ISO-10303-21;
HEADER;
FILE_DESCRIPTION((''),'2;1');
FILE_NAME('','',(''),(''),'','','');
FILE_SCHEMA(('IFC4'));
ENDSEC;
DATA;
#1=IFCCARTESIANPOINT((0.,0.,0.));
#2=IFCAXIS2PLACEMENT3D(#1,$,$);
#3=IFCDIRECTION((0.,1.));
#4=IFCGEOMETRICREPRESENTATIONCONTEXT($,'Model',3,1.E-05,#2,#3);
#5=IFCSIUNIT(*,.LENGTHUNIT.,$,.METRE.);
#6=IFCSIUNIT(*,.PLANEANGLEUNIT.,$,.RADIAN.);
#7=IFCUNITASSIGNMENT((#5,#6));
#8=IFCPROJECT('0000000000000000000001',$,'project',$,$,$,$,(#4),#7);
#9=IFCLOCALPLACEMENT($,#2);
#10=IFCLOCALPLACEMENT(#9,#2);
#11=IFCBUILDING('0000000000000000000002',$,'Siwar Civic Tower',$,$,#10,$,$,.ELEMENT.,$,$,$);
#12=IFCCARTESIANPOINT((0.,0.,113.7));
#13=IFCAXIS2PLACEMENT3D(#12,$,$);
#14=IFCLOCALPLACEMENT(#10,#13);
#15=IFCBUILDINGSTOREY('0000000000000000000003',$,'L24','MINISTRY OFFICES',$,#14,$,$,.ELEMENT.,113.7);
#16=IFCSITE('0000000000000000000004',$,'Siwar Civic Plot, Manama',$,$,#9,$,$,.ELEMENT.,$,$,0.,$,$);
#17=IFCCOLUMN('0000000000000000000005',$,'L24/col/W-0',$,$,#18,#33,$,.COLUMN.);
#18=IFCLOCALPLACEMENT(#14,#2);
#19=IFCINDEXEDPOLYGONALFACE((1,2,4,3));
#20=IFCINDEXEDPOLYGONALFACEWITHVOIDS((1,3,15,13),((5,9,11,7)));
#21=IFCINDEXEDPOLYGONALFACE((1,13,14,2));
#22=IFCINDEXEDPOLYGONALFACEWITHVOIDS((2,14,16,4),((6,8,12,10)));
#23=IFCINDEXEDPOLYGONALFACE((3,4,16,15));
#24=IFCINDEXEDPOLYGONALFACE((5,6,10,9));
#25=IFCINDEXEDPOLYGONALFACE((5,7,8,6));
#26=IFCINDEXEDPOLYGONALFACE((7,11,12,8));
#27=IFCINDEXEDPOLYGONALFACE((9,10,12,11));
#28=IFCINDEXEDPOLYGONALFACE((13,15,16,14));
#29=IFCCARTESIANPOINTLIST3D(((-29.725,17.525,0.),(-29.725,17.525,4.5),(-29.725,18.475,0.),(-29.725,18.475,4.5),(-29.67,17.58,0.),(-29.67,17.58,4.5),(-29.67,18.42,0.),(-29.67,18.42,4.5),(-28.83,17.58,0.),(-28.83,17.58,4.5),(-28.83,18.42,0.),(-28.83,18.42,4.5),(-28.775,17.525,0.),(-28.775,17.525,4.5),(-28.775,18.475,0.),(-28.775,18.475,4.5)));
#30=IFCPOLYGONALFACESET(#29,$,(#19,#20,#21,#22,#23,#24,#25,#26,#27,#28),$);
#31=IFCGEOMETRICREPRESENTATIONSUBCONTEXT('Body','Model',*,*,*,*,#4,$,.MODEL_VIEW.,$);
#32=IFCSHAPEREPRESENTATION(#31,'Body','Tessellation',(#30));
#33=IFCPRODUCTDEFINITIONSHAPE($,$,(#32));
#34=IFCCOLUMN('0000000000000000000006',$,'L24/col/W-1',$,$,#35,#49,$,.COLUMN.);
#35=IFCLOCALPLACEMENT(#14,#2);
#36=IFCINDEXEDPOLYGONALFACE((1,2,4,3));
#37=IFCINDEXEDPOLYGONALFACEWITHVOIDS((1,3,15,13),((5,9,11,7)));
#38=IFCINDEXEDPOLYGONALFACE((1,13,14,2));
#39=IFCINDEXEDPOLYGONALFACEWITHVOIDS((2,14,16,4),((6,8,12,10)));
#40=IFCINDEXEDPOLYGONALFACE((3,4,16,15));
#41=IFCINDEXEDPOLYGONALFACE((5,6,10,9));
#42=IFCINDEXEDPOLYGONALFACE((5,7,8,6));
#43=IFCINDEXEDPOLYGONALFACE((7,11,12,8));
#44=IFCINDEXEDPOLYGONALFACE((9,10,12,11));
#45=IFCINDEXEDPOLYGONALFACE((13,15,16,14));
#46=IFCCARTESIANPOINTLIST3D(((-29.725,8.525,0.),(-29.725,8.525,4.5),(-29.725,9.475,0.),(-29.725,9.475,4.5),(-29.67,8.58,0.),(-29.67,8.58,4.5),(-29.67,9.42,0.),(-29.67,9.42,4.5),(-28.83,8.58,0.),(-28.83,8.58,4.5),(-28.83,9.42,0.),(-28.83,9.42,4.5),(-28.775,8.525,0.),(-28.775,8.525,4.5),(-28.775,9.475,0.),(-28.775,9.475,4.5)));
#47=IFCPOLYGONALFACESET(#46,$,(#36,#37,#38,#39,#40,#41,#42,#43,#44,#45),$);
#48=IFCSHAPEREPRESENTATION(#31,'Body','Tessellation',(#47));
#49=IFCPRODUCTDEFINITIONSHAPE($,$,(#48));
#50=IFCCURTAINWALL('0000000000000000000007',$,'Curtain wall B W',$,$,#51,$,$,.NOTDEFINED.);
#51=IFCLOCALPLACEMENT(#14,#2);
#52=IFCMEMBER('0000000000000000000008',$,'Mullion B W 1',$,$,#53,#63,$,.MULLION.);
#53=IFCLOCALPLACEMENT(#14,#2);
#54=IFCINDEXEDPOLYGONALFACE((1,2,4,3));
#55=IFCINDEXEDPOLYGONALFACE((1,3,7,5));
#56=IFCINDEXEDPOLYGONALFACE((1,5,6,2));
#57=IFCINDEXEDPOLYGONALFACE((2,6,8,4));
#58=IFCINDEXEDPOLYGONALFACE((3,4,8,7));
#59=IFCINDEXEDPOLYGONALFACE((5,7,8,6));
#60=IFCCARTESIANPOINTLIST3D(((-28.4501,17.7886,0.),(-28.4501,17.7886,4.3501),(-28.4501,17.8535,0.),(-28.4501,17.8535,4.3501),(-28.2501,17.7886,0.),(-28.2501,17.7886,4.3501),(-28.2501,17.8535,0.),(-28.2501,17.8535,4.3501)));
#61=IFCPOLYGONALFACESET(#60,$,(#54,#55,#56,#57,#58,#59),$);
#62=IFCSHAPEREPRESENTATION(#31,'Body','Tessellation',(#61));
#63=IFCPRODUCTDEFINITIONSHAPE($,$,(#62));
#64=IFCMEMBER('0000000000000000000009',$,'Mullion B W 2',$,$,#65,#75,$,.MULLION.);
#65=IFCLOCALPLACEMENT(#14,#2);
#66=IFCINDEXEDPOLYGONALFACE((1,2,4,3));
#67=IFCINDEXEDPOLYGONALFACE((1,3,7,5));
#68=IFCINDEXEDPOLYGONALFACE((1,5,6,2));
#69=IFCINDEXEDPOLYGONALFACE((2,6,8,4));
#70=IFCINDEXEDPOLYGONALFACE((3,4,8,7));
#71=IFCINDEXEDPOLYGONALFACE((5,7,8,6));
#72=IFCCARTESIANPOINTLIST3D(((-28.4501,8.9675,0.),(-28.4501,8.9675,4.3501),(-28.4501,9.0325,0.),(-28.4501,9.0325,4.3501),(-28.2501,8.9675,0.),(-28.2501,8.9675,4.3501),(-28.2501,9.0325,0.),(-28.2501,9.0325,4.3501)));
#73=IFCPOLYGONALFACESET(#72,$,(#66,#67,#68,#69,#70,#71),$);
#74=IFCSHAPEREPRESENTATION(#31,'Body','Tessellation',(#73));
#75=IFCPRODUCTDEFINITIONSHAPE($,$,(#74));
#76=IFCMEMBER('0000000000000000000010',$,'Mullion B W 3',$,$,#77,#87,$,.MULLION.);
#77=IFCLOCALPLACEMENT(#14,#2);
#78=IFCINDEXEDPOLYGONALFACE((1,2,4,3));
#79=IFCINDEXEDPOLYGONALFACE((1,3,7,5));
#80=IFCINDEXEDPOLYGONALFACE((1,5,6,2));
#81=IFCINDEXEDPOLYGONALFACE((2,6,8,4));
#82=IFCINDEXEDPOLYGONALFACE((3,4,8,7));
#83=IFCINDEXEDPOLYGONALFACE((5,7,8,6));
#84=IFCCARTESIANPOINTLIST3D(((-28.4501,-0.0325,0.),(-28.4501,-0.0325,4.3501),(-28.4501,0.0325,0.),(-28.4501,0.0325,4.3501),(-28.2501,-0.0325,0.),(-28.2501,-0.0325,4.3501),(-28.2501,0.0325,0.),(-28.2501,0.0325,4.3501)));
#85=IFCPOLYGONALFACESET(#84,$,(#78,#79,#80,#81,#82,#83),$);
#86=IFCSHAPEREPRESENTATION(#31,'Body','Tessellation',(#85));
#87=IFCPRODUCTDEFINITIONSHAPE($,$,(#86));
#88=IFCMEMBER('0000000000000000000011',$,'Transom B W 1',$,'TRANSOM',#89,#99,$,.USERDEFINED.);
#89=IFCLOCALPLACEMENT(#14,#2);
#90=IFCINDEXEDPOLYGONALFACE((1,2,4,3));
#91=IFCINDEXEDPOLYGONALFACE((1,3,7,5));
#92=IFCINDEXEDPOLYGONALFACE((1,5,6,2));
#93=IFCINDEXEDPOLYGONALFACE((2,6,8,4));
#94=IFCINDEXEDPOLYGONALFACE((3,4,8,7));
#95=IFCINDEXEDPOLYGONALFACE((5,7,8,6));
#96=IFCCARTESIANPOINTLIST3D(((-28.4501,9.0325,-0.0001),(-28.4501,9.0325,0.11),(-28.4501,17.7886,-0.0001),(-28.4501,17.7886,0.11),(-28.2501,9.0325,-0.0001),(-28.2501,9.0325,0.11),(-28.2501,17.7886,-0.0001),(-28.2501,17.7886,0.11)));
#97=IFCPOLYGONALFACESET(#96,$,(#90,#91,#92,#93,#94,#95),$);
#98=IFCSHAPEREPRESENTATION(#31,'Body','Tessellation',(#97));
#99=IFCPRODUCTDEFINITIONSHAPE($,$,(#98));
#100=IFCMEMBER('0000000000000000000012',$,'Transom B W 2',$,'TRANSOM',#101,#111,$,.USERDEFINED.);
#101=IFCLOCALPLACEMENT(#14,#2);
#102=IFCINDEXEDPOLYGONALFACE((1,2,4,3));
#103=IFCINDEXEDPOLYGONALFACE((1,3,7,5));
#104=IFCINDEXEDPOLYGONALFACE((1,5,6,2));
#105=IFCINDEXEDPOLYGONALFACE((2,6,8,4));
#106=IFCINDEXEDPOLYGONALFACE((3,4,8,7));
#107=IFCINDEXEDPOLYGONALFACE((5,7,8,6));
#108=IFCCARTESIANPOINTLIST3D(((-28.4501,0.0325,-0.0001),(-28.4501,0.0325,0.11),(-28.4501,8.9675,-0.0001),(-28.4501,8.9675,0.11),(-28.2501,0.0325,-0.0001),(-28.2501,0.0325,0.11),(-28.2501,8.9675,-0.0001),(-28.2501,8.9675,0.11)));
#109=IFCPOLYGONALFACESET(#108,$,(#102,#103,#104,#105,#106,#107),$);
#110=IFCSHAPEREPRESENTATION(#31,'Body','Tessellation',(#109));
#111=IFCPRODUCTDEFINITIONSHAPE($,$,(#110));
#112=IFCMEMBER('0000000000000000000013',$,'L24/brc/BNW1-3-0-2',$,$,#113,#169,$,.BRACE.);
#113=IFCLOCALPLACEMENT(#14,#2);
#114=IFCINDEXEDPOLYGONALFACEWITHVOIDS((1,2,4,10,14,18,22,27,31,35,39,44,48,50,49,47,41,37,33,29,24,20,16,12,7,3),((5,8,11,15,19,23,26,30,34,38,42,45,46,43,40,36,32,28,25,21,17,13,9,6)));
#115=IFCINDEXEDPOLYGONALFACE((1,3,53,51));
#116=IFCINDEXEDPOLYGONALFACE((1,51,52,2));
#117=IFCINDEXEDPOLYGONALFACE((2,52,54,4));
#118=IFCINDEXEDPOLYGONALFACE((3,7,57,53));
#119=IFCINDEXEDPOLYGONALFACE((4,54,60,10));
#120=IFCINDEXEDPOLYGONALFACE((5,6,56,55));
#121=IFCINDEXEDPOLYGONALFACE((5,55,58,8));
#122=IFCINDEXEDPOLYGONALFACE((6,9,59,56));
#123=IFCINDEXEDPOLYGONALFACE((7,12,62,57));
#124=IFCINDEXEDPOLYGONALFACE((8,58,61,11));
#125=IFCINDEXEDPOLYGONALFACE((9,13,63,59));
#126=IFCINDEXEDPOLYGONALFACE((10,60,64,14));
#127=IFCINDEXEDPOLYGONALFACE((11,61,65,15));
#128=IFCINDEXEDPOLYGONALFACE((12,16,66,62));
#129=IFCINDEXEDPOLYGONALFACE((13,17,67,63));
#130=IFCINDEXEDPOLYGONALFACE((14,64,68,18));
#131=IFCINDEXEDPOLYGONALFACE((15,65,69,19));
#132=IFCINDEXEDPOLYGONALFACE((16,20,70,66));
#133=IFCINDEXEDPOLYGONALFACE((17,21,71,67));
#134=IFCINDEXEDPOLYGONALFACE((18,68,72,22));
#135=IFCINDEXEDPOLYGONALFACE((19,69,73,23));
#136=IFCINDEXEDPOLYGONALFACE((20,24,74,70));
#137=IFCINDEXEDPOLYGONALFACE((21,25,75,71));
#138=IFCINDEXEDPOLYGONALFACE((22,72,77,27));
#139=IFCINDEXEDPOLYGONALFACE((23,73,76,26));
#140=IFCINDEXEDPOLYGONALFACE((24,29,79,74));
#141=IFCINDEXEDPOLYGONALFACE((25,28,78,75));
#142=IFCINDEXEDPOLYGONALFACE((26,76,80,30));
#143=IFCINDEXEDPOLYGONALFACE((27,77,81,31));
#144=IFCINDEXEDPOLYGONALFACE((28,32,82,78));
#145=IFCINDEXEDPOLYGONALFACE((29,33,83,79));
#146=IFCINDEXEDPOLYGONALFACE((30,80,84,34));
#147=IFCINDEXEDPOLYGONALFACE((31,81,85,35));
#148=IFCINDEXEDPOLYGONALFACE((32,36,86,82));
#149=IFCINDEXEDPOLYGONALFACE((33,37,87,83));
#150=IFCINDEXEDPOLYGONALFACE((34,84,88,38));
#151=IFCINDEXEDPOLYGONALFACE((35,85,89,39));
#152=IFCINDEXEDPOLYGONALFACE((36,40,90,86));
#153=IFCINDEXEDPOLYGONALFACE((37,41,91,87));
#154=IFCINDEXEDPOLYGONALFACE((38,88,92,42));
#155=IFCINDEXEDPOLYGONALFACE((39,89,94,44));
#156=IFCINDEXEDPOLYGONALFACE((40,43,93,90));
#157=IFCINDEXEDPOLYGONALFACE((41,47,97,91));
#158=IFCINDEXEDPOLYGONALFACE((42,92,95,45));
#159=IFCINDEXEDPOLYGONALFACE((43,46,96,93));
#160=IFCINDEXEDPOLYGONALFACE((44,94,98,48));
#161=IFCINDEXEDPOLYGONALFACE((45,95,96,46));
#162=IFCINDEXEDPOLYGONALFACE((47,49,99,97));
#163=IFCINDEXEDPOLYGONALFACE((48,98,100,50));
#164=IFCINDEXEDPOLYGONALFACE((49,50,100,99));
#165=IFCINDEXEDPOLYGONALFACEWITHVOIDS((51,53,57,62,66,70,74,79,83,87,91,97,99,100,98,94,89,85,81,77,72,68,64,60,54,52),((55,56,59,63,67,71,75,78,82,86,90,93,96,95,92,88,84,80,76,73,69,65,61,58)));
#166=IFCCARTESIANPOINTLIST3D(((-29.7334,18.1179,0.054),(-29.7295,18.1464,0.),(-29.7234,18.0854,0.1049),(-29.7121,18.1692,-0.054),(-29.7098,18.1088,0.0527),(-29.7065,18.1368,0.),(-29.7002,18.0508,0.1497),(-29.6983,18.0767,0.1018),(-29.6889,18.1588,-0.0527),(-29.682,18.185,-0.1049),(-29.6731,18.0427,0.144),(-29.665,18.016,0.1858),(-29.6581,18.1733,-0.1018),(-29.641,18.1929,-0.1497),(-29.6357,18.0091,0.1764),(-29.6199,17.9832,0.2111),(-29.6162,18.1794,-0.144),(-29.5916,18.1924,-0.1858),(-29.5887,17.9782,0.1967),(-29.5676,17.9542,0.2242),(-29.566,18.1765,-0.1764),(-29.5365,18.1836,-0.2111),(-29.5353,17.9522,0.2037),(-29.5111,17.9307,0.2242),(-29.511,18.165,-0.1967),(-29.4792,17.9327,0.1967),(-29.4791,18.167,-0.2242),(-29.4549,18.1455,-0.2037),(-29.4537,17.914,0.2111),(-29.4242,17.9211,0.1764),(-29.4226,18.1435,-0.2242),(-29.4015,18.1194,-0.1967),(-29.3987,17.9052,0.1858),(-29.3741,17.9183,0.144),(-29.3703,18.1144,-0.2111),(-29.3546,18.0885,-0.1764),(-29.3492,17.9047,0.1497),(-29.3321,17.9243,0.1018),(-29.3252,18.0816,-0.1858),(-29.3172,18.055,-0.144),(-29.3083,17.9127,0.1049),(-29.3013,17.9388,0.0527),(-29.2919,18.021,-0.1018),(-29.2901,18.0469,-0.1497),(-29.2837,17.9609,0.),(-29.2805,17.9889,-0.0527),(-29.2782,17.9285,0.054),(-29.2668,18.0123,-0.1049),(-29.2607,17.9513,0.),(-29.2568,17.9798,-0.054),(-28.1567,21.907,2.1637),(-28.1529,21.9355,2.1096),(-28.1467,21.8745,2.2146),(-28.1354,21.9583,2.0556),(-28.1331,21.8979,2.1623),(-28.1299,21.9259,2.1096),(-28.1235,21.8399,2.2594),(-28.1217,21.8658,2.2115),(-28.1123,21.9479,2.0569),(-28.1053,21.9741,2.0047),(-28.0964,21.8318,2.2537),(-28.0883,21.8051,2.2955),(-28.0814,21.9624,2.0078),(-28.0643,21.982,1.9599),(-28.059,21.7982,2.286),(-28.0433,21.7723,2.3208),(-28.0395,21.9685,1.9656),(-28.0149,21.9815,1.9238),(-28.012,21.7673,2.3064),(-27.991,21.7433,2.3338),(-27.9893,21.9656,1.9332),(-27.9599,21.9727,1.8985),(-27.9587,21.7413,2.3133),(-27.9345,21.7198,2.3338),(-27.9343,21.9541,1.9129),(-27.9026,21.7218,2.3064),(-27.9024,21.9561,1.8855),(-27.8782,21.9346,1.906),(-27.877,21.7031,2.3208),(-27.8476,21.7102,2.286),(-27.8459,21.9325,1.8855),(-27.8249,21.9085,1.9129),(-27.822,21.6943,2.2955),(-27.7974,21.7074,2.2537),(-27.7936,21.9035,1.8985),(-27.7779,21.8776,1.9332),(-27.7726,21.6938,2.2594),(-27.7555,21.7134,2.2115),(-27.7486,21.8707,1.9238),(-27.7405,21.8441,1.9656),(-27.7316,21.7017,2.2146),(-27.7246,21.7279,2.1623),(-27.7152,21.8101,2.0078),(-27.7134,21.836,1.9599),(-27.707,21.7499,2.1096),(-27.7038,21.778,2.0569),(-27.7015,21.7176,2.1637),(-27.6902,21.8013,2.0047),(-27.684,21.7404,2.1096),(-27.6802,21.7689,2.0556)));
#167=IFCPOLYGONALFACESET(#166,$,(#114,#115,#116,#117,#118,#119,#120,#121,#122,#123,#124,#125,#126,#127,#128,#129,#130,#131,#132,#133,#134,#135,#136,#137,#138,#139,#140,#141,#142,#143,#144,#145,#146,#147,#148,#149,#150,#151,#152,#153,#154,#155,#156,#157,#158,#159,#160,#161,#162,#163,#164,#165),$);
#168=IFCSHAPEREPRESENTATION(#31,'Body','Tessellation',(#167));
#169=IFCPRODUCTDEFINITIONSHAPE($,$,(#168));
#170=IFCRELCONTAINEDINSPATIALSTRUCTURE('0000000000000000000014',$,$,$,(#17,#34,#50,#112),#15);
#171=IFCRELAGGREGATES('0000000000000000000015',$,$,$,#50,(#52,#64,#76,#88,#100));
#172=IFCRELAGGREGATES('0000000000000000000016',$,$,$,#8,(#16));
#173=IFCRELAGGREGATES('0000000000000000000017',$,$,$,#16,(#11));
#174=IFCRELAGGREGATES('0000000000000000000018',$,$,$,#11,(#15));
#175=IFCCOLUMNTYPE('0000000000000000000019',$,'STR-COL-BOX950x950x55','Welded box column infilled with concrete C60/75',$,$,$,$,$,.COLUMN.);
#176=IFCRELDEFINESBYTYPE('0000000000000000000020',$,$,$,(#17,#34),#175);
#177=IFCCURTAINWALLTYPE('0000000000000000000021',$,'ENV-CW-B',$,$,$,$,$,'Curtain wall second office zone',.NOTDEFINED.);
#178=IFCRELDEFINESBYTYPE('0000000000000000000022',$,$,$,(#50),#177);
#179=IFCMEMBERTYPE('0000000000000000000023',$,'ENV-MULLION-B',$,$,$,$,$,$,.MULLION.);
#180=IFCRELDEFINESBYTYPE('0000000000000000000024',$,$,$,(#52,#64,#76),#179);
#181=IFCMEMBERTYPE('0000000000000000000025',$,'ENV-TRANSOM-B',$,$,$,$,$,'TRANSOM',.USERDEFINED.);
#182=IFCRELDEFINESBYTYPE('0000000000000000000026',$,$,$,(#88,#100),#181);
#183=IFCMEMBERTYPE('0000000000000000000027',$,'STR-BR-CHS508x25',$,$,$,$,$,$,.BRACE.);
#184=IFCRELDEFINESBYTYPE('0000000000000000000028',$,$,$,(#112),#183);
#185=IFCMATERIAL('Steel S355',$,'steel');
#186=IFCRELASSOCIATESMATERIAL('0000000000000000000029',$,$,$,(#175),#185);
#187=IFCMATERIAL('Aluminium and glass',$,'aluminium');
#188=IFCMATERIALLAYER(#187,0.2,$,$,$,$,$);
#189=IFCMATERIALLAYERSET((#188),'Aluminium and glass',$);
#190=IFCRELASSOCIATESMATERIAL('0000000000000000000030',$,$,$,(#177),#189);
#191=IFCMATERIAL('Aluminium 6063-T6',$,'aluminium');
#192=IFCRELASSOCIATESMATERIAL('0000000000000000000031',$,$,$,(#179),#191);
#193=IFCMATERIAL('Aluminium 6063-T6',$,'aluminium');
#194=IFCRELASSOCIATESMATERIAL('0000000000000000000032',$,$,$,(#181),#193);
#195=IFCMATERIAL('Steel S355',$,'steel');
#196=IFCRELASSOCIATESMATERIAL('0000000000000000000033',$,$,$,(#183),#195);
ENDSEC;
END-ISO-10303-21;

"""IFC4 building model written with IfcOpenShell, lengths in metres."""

from ifc_helpers import new_model, si_unit, direction, frame, origin, origin_2d, place, context, subcontext, project, spatial, rectangle, hollow_rectangle, hollow_circle, extrude, material, layer, layer_set, material_profile, profile_set, type_object, element, aggregate, save


model = new_model("IFC4")

# Units and contexts
model_context = context("Model", 3, precision=1e-05, world=origin(), true_north=direction((0.0, 1.0)))
body_context = subcontext(model_context, "Body", "Model", "MODEL_VIEW")
ifc_project = project(units=[si_unit("LENGTHUNIT", "METRE"), si_unit("PLANEANGLEUNIT", "RADIAN")], contexts=[model_context])

# Site, building, storey
site_placement = place(None, origin())
site = spatial("IfcSite", under=ifc_project, at=site_placement, Name="Siwar Civic Plot, Manama", CompositionType="ELEMENT", RefElevation=0.0)
building_placement = place(site_placement, origin())
building = spatial("IfcBuilding", under=site, at=building_placement, Name="Siwar Civic Tower", CompositionType="ELEMENT")
storey_placement = place(building_placement, frame((0.0, 0.0, 113.7)))
storey = spatial("IfcBuildingStorey", under=building, at=storey_placement, Name="L24", Description="MINISTRY OFFICES", CompositionType="ELEMENT", Elevation=113.7)

# Columns
ifc_material_1 = material(Name="Steel S355", Category="steel")
ifc_material_profile_1 = material_profile(ifc_material_1, hollow_rectangle(XDim=0.95, YDim=0.95, WallThickness=0.0549, at=origin_2d()), Name="BOX950x950x55")
ifc_profile_set_1 = profile_set([ifc_material_profile_1], Name="Steel S355")
column_type = type_object("IfcColumnType", Name="STR-COL-BOX950x950x55", Description="Welded box column infilled with concrete C60/75", PredefinedType="COLUMN", material=ifc_profile_set_1)
for number, where, z_axis, x_axis, name in (
    (1, (-29.25, 18.0, 0.0), (0.0, 0.0, 1.0), (1.0, 0.0, 0.0), "L24/col/W-0"),
    (2, (-29.25, 9.0, 0.0), (0.0, 0.0, 1.0), (1.0, 0.0, 0.0), "L24/col/W-1"),
):
    element("IfcColumn", number, at=place(storey_placement, frame(where, z_axis=z_axis, x_axis=x_axis)), inside=storey, type_object=column_type, Name=name, PredefinedType="COLUMN", context=body_context, shape_type="SweptSolid", body=[
        extrude(hollow_rectangle(XDim=0.95, YDim=0.95, WallThickness=0.0549, at=origin_2d()), origin(), (0.0, 0.0, 1.0), 4.5),
    ])

# Curtain wall, members
ifc_material_2 = material(Name="Aluminium and glass", Category="aluminium")
ifc_layer_1 = layer(ifc_material_2, 0.2)
ifc_layer_set_1 = layer_set([ifc_layer_1], Name="Aluminium and glass")
curtain_wall_type = type_object("IfcCurtainWallType", Name="ENV-CW-B", ElementType="Curtain wall second office zone", PredefinedType="NOTDEFINED", material=ifc_layer_set_1)
curtain_wall_placement = place(storey_placement, origin())
curtain_wall = element("IfcCurtainWall", 3, at=curtain_wall_placement, inside=storey, type_object=curtain_wall_type, Name="Curtain wall B W", PredefinedType="NOTDEFINED")
ifc_material_3 = material(Name="Aluminium 6063-T6", Category="aluminium")
ifc_material_profile_2 = material_profile(ifc_material_3, rectangle(XDim=0.2, YDim=0.0649, at=origin_2d()), Name="AL 200x65")
ifc_profile_set_2 = profile_set([ifc_material_profile_2], Name="Aluminium 6063-T6")
member_type_1 = type_object("IfcMemberType", Name="ENV-MULLION-B", PredefinedType="MULLION", material=ifc_profile_set_2)
member_1_placement = place(storey_placement, frame((-28.3501, 17.821, 0.0), z_axis=(0.0, 0.0, 1.0), x_axis=(1.0, 0.0, 0.0)))
member_1 = element("IfcMember", 4, at=member_1_placement, type_object=member_type_1, Name="Mullion B W 1", PredefinedType="MULLION", context=body_context, shape_type="SweptSolid", body=[
    extrude(rectangle(XDim=0.2, YDim=0.0649, at=origin_2d()), origin(), (0.0, 0.0, 1.0), 4.3501),
])
member_2_placement = place(storey_placement, frame((-28.3501, 9.0, 0.0), z_axis=(0.0, 0.0, 1.0), x_axis=(1.0, 0.0, 0.0)))
member_2 = element("IfcMember", 5, at=member_2_placement, type_object=member_type_1, Name="Mullion B W 2", PredefinedType="MULLION", context=body_context, shape_type="SweptSolid", body=[
    extrude(rectangle(XDim=0.2, YDim=0.0649, at=origin_2d()), origin(), (0.0, 0.0, 1.0), 4.3501),
])
member_3_placement = place(storey_placement, frame((-28.3501, 0.0, 0.0), z_axis=(0.0, 0.0, 1.0), x_axis=(1.0, 0.0, 0.0)))
member_3 = element("IfcMember", 6, at=member_3_placement, type_object=member_type_1, Name="Mullion B W 3", PredefinedType="MULLION", context=body_context, shape_type="SweptSolid", body=[
    extrude(rectangle(XDim=0.2, YDim=0.0649, at=origin_2d()), origin(), (0.0, 0.0, 1.0), 4.3501),
])
ifc_material_4 = material(Name="Aluminium 6063-T6", Category="aluminium")
ifc_material_profile_3 = material_profile(ifc_material_4, rectangle(XDim=0.2, YDim=0.1101, at=origin_2d()), Name="AL 200x110")
ifc_profile_set_3 = profile_set([ifc_material_profile_3], Name="Aluminium 6063-T6")
member_type_2 = type_object("IfcMemberType", Name="ENV-TRANSOM-B", ElementType="TRANSOM", PredefinedType="USERDEFINED", material=ifc_profile_set_3)
member_4_placement = place(storey_placement, frame((-28.3501, 17.7886, 0.0549), z_axis=(0.0, -1.0, 0.0), x_axis=(1.0, 0.0, 0.0)))
member_4 = element("IfcMember", 7, at=member_4_placement, type_object=member_type_2, Name="Transom B W 1", ObjectType="TRANSOM", PredefinedType="USERDEFINED", context=body_context, shape_type="SweptSolid", body=[
    extrude(rectangle(XDim=0.2, YDim=0.1101, at=origin_2d()), origin(), (0.0, 0.0, 1.0), 8.7561),
])
member_5_placement = place(storey_placement, frame((-28.3501, 8.9675, 0.0549), z_axis=(0.0, -1.0, 0.0), x_axis=(1.0, 0.0, 0.0)))
member_5 = element("IfcMember", 8, at=member_5_placement, type_object=member_type_2, Name="Transom B W 2", ObjectType="TRANSOM", PredefinedType="USERDEFINED", context=body_context, shape_type="SweptSolid", body=[
    extrude(rectangle(XDim=0.2, YDim=0.1101, at=origin_2d()), origin(), (0.0, 0.0, 1.0), 8.9351),
])

# Member
ifc_material_5 = material(Name="Steel S355", Category="steel")
ifc_material_profile_4 = material_profile(ifc_material_5, hollow_circle(Radius=0.2539, WallThickness=0.0249, at=origin_2d()), Name="CHS508x25")
ifc_profile_set_4 = profile_set([ifc_material_profile_4], Name="Steel S355")
member_type_3 = type_object("IfcMemberType", Name="STR-BR-CHS508x25", PredefinedType="BRACE", material=ifc_profile_set_4)
member_6_placement = place(storey_placement, frame((-29.4951, 18.0488, 0.0), z_axis=(0.341677, 0.821126, 0.457175), x_axis=(-0.92326, 0.384176, 0.0)))
element("IfcMember", 9, at=member_6_placement, inside=storey, type_object=member_type_3, Name="L24/brc/BNW1-3-0-2", PredefinedType="BRACE", context=body_context, shape_type="SweptSolid", body=[
    extrude(hollow_circle(Radius=0.2539, WallThickness=0.0249, at=origin_2d()), origin(), (0.0, 0.0, 1.0), 4.6145),
])

aggregate(curtain_wall, [member_1, member_2, member_3, member_4, member_5])

save(model, "model.ifc")
